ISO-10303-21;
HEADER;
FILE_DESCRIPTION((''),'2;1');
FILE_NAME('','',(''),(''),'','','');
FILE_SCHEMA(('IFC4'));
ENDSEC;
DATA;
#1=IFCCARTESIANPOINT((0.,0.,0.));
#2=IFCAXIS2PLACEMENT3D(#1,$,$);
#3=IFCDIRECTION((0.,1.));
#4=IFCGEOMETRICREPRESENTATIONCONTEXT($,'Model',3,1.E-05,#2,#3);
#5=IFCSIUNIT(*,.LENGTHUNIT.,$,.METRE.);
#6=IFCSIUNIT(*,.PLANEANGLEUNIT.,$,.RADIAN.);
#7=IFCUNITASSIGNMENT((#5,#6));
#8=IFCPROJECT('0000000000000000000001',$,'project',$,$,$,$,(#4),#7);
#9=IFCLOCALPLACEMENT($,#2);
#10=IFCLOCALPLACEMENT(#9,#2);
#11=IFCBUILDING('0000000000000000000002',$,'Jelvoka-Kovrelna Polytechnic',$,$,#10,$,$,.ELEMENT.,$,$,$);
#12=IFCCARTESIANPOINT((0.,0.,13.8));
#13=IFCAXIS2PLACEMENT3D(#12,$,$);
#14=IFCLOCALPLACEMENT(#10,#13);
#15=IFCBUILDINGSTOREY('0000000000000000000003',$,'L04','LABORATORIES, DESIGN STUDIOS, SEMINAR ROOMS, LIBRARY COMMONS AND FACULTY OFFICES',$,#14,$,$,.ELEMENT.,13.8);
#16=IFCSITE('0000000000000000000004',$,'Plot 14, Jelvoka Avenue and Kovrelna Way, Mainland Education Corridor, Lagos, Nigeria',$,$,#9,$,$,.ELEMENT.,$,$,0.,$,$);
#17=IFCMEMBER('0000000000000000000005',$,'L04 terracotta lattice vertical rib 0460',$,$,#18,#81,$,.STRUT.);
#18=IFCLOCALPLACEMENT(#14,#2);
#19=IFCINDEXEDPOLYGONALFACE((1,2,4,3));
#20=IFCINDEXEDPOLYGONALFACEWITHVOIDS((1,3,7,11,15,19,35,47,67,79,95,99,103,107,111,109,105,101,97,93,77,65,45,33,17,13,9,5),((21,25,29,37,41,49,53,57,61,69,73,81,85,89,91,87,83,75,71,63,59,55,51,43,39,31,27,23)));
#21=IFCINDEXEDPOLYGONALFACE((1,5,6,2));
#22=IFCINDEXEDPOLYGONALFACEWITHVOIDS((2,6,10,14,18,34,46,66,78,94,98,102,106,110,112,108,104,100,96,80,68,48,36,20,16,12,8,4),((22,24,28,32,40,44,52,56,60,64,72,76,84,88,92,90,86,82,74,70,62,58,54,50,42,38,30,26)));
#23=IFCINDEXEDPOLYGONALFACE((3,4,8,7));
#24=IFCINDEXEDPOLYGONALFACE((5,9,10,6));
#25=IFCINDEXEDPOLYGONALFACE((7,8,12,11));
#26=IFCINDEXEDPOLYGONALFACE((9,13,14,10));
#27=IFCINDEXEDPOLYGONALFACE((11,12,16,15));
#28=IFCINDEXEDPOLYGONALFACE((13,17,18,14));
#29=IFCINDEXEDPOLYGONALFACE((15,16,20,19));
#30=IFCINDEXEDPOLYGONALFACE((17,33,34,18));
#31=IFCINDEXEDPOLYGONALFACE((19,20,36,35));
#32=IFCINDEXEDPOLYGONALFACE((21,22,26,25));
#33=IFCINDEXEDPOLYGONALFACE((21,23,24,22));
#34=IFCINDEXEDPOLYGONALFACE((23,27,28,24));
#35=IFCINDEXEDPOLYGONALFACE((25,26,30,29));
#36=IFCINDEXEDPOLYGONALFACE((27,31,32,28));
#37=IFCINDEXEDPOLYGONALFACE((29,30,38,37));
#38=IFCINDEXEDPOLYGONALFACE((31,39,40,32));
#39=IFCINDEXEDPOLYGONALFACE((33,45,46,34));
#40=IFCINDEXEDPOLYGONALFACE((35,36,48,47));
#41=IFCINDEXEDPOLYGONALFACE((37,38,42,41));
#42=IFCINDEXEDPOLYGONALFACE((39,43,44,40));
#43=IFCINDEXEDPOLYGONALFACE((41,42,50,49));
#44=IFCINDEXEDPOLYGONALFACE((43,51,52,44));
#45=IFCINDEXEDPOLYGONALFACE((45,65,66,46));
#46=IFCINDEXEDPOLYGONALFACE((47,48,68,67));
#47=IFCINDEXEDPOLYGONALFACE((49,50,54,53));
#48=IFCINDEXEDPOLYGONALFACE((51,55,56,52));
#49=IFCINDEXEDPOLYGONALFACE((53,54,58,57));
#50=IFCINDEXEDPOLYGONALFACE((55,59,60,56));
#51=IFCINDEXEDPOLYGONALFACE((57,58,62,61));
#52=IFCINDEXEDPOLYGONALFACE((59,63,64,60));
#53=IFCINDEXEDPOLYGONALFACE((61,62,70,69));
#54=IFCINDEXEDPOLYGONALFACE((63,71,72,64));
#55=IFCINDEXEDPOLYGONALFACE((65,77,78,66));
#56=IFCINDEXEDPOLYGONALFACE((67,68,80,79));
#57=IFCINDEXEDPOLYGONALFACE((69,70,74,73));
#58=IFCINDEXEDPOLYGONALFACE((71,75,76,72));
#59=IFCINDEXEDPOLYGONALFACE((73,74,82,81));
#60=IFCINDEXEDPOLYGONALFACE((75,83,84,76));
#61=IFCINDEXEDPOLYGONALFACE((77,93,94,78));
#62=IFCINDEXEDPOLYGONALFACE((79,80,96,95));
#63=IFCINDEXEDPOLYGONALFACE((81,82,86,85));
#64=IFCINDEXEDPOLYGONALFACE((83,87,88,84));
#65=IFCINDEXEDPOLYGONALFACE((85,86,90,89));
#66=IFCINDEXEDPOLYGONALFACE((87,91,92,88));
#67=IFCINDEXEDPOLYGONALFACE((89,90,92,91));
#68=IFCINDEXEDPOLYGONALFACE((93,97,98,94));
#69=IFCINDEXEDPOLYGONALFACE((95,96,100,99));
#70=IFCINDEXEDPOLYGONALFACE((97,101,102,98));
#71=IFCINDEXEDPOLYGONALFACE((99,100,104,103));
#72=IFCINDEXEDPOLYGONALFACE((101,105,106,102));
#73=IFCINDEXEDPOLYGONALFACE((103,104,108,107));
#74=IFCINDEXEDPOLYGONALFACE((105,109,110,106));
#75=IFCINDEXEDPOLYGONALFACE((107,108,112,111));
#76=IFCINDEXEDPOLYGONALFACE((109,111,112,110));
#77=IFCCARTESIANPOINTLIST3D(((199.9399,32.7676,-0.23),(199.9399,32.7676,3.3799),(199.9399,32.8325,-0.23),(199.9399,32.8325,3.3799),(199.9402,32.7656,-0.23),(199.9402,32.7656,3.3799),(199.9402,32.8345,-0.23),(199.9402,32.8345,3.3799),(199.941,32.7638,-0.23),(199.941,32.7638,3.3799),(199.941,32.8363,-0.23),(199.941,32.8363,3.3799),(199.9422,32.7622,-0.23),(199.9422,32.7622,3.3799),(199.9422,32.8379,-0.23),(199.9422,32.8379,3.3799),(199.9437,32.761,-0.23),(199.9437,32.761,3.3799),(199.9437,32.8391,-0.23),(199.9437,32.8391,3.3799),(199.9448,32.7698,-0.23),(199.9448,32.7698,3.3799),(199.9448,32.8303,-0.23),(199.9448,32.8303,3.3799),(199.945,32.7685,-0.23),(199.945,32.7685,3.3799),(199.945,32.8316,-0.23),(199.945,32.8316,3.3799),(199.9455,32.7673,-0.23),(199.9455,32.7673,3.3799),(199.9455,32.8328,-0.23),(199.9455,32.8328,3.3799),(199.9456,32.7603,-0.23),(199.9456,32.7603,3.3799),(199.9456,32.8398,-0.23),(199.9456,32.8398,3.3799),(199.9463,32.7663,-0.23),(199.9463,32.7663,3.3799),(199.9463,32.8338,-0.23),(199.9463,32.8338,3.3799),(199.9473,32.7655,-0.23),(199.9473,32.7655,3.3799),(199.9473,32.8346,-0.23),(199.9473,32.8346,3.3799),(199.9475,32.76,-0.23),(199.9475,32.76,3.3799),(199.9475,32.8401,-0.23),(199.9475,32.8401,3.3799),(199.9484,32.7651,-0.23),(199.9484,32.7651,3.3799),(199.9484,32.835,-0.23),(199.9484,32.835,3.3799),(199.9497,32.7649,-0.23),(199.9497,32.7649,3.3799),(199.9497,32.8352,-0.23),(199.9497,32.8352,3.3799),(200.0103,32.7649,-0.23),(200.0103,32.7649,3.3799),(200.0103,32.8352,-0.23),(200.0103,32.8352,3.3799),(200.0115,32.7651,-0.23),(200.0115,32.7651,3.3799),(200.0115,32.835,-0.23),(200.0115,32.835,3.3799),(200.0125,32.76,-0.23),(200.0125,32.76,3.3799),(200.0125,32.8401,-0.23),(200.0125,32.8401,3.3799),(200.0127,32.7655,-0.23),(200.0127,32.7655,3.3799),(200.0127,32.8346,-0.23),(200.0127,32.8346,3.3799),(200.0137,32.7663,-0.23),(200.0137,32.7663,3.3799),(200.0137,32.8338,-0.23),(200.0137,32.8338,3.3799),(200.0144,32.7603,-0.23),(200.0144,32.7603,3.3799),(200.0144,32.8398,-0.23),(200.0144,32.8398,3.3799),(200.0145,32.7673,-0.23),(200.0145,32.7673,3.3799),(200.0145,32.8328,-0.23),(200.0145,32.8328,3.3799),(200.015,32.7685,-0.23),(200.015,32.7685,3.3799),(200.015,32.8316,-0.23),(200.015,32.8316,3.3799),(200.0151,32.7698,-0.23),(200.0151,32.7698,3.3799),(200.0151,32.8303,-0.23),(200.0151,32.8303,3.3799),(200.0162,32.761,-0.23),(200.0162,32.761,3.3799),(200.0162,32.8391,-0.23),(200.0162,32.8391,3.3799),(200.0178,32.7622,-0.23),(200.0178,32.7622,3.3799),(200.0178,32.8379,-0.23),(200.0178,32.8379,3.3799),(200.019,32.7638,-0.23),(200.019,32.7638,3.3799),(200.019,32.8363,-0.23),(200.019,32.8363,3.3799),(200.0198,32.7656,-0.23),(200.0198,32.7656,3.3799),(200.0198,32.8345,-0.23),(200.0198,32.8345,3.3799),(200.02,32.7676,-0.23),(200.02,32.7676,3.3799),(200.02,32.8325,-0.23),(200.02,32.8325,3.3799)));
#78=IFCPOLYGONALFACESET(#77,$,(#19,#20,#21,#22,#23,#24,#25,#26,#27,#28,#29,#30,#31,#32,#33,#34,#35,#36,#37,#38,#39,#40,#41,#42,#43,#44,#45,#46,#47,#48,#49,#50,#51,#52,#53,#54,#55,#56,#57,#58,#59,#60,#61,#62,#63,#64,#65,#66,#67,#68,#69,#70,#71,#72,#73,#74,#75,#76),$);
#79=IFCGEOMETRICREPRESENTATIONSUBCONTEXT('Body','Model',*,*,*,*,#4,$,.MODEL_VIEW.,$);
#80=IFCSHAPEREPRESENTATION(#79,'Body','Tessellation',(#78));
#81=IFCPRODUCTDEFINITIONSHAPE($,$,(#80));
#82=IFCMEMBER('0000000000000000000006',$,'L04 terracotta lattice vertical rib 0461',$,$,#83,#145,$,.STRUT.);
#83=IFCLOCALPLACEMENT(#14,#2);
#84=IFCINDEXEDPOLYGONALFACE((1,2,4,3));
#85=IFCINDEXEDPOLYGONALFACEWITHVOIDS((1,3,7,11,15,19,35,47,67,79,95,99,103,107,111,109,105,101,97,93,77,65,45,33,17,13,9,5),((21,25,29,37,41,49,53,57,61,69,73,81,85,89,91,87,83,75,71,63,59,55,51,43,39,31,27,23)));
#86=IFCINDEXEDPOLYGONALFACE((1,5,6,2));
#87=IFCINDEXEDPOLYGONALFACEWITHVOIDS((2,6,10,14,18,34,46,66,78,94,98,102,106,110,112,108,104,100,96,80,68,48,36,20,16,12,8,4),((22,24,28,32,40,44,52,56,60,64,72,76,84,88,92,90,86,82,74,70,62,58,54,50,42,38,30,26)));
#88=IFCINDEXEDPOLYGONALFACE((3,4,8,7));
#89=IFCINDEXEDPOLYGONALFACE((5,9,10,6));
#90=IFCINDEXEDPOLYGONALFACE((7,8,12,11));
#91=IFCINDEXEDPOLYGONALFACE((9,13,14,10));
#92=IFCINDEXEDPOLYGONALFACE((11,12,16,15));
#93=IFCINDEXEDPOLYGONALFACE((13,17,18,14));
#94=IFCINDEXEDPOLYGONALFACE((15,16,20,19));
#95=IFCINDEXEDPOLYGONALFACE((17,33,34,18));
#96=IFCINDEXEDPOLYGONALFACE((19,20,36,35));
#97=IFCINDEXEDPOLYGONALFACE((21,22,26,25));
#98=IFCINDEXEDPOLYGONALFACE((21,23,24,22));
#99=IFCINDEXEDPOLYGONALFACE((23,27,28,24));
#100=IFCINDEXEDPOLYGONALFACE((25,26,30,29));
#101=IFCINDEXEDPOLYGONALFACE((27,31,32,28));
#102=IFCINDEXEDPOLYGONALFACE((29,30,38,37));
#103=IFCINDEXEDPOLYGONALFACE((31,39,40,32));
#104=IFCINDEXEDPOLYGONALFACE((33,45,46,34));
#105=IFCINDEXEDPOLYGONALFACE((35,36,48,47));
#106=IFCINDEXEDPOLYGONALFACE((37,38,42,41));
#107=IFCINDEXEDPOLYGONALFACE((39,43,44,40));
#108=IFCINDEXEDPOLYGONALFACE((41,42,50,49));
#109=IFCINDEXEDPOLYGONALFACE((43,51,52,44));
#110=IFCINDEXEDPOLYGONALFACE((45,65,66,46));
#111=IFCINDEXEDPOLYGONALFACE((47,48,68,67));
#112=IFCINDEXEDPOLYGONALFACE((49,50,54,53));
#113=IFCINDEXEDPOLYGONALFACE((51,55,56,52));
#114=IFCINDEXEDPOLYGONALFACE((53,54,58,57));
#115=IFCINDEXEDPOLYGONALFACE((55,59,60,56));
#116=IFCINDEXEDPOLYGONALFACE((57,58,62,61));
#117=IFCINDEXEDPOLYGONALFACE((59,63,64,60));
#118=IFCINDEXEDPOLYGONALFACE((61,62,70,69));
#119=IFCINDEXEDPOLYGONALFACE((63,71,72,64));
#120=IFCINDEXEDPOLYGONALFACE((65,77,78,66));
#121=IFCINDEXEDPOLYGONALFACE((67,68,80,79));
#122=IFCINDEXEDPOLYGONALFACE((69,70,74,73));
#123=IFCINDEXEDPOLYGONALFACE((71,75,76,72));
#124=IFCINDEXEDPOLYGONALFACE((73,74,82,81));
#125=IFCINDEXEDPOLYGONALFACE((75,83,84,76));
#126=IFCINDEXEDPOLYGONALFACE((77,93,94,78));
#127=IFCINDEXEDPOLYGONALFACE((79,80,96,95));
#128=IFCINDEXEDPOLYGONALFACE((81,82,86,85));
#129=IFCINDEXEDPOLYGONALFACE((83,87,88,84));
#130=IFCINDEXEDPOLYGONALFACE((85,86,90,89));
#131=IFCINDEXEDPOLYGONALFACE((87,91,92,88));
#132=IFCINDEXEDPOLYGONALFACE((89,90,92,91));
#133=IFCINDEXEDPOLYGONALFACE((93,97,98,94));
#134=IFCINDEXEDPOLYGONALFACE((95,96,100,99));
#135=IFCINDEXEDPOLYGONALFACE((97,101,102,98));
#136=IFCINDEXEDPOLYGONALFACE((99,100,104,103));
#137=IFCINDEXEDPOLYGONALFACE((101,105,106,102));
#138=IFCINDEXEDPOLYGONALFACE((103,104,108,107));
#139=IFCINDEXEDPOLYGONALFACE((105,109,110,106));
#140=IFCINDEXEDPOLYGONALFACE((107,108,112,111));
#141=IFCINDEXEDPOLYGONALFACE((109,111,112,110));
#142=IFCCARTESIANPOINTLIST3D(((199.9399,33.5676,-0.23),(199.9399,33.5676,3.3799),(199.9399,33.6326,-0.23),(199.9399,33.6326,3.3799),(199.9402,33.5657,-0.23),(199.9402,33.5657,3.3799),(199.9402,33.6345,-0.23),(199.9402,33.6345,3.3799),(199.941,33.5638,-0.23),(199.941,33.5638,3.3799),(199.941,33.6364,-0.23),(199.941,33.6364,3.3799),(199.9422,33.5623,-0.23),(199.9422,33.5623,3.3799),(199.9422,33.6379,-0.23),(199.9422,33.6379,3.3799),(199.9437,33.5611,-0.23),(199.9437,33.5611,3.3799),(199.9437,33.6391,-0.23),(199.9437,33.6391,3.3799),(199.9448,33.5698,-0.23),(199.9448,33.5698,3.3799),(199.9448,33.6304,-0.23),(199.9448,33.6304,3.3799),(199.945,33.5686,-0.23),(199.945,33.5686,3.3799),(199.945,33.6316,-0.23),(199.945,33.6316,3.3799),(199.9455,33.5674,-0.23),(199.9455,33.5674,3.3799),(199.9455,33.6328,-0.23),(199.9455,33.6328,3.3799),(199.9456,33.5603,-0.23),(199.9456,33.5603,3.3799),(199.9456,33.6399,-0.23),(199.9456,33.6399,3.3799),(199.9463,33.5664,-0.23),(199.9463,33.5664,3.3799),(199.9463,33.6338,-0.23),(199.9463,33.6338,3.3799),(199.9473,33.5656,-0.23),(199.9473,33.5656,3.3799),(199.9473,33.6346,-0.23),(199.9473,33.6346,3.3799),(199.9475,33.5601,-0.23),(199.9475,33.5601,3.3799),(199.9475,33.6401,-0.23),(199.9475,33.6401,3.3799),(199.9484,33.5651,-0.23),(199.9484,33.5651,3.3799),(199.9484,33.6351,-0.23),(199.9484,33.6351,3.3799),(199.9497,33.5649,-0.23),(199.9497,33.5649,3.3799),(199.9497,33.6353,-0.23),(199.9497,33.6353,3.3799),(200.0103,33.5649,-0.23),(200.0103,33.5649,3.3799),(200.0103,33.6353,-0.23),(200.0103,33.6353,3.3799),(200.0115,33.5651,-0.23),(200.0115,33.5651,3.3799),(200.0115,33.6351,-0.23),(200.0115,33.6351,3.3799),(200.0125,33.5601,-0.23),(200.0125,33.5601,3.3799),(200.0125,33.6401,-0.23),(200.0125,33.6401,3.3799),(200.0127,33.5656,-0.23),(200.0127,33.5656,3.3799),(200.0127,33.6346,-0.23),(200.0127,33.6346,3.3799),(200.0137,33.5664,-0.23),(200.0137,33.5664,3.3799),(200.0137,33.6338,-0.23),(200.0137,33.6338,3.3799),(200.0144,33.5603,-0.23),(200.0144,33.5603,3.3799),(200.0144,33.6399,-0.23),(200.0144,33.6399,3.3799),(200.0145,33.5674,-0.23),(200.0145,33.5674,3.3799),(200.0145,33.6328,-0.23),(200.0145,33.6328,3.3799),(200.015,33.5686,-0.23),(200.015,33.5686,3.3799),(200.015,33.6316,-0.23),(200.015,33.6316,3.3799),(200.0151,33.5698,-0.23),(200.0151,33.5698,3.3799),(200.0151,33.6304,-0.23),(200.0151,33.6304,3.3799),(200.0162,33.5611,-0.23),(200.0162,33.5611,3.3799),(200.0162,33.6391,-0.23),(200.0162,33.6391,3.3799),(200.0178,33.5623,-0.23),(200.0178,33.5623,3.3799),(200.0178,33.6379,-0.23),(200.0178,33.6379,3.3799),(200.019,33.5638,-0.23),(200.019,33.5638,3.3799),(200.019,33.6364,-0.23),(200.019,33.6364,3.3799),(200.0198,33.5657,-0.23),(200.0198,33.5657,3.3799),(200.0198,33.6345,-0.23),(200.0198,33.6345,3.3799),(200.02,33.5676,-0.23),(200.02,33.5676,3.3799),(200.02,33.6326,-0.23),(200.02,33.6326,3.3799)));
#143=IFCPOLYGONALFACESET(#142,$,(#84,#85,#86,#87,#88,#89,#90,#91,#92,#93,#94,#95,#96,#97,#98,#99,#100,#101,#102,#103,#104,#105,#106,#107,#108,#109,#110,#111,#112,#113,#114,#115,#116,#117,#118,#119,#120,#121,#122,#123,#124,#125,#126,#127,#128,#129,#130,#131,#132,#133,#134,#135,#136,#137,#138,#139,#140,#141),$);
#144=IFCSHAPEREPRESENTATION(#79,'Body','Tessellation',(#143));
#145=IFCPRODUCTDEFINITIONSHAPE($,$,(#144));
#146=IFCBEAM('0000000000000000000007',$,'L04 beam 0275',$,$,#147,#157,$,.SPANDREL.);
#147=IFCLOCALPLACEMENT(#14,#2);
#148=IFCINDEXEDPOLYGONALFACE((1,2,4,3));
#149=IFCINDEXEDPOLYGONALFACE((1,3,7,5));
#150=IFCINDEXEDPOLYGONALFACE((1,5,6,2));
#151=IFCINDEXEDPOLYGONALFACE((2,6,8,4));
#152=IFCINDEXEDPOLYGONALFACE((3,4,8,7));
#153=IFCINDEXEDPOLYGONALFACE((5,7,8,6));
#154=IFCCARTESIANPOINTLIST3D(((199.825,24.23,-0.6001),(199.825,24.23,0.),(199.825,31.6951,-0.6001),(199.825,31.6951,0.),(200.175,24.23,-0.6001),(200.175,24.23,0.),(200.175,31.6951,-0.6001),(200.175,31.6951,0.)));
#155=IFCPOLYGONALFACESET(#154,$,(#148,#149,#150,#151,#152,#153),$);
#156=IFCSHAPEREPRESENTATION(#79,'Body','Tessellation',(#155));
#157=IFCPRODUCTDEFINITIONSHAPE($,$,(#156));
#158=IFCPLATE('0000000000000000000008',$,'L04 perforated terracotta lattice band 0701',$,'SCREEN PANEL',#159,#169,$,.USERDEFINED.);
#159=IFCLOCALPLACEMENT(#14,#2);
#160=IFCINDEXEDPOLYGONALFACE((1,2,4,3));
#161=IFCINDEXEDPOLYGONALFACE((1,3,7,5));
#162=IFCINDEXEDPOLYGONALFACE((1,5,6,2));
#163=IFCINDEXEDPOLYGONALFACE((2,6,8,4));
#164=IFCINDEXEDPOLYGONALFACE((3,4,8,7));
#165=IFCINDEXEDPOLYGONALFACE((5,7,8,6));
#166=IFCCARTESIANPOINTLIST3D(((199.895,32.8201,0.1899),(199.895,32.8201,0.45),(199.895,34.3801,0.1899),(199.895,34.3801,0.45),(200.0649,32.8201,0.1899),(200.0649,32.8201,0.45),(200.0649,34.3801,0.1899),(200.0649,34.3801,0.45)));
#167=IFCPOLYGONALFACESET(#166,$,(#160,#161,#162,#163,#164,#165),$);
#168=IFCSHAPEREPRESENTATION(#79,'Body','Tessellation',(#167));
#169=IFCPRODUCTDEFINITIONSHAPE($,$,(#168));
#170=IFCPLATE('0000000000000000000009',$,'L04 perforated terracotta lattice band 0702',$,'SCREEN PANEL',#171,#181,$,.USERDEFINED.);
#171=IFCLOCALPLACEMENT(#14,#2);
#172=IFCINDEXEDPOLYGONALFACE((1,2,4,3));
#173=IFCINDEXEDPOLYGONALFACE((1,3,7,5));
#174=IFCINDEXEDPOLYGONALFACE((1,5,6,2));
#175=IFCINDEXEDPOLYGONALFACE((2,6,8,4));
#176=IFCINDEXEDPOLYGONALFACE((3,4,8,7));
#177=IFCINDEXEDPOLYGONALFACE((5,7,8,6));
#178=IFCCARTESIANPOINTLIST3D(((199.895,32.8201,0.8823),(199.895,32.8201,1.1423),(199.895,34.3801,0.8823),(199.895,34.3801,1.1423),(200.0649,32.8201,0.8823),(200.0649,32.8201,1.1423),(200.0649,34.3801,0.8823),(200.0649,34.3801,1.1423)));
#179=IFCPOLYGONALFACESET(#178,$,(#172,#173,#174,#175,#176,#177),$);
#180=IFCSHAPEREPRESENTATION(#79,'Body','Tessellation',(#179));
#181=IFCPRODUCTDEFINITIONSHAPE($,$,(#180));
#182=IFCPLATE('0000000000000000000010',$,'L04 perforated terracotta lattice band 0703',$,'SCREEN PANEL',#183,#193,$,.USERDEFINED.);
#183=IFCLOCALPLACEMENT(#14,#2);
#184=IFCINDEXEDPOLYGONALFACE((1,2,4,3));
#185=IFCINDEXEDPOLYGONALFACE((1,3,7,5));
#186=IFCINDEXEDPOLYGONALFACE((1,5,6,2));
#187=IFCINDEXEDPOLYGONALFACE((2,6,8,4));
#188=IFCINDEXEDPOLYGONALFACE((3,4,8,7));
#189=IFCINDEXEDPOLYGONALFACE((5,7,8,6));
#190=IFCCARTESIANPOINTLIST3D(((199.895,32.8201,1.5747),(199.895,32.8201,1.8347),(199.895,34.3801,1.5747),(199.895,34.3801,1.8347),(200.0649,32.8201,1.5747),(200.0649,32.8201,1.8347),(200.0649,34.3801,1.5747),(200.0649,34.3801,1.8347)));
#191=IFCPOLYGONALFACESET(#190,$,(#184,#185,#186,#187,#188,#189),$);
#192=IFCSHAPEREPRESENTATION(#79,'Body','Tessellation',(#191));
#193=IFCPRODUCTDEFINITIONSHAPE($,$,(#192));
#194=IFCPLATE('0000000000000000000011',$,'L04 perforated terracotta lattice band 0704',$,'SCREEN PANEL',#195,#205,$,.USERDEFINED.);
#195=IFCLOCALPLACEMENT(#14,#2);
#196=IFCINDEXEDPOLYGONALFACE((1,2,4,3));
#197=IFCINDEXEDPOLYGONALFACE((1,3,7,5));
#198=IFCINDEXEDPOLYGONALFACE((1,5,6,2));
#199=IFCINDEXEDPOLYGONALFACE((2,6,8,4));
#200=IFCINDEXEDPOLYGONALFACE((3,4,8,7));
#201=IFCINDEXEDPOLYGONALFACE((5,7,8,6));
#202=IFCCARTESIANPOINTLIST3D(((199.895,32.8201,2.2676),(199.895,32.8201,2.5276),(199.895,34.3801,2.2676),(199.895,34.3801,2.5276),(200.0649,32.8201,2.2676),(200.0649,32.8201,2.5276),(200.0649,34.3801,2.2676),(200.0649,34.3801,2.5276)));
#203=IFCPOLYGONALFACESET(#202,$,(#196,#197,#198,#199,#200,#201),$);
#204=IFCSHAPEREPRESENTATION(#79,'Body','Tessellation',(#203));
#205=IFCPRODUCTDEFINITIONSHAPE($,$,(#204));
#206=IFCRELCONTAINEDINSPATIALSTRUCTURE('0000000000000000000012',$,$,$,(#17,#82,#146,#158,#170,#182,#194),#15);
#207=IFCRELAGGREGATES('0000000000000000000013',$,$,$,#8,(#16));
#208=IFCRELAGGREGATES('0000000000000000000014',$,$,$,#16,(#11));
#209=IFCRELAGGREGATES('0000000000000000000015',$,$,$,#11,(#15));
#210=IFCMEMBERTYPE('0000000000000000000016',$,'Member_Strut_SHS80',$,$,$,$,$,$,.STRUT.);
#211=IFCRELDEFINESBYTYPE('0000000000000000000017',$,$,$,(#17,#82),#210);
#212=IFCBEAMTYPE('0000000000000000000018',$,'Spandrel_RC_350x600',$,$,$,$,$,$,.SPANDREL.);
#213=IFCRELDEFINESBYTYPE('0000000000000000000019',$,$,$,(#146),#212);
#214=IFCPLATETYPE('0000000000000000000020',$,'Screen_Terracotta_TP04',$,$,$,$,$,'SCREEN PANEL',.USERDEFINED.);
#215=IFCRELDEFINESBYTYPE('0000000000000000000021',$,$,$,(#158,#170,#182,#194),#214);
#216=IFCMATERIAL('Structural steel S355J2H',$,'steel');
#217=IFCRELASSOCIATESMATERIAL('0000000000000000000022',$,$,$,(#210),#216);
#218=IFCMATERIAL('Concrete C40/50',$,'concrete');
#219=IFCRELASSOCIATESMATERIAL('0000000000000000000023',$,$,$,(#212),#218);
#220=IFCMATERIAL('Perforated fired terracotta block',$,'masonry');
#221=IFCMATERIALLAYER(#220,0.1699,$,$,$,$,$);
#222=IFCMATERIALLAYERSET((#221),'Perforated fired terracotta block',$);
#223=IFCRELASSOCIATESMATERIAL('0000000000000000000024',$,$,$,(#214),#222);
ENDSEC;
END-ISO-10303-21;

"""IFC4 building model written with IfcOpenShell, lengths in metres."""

from ifc_helpers import new_model, si_unit, direction, frame, origin, origin_2d, place, context, subcontext, project, spatial, rectangle, hollow_rectangle, extrude, material, layer, layer_set, material_profile, profile_set, type_object, element, save


model = new_model("IFC4")

# Units and contexts
model_context = context("Model", 3, precision=1e-05, world=origin(), true_north=direction((0.0, 1.0)))
body_context = subcontext(model_context, "Body", "Model", "MODEL_VIEW")
ifc_project = project(units=[si_unit("LENGTHUNIT", "METRE"), si_unit("PLANEANGLEUNIT", "RADIAN")], contexts=[model_context])

# Site, building, storey
site_placement = place(None, origin())
site = spatial("IfcSite", under=ifc_project, at=site_placement, Name="Plot 14, Jelvoka Avenue and Kovrelna Way, Mainland Education Corridor, Lagos, Nigeria", CompositionType="ELEMENT", RefElevation=0.0)
building_placement = place(site_placement, origin())
building = spatial("IfcBuilding", under=site, at=building_placement, Name="Jelvoka-Kovrelna Polytechnic", CompositionType="ELEMENT")
storey_placement = place(building_placement, frame((0.0, 0.0, 13.8)))
storey = spatial("IfcBuildingStorey", under=building, at=storey_placement, Name="L04", Description="LABORATORIES, DESIGN STUDIOS, SEMINAR ROOMS, LIBRARY COMMONS AND FACULTY OFFICES", CompositionType="ELEMENT", Elevation=13.8)

# Members
ifc_material_1 = material(Name="Structural steel S355J2H", Category="steel")
ifc_material_profile_1 = material_profile(ifc_material_1, hollow_rectangle(XDim=0.0801, YDim=0.0801, WallThickness=0.0049, InnerFilletRadius=0.0049, OuterFilletRadius=0.0076, at=origin_2d()), Name="80x80x5.0 SHS")
ifc_profile_set_1 = profile_set([ifc_material_profile_1], Name="Structural steel S355J2H")
member_type_1 = type_object("IfcMemberType", Name="Member_Strut_SHS80", PredefinedType="STRUT", material=ifc_profile_set_1)
for number, where, z_axis, x_axis, name in (
    (1, (199.98, 32.8, -0.23), (0.0, 0.0, 1.0), (1.0, 0.0, 0.0), "L04 terracotta lattice vertical rib 0460"),
    (2, (199.98, 33.6001, -0.23), (0.0, 0.0, 1.0), (1.0, 0.0, 0.0), "L04 terracotta lattice vertical rib 0461"),
):
    element("IfcMember", number, at=place(storey_placement, frame(where, z_axis=z_axis, x_axis=x_axis)), inside=storey, type_object=member_type_1, Name=name, PredefinedType="STRUT", context=body_context, shape_type="SweptSolid", body=[
        extrude(hollow_rectangle(XDim=0.0801, YDim=0.0801, WallThickness=0.0049, InnerFilletRadius=0.0049, OuterFilletRadius=0.0076, at=origin_2d()), origin(), (0.0, 0.0, 1.0), 3.6099),
    ])

# Beam
ifc_material_2 = material(Name="Concrete C40/50", Category="concrete")
ifc_material_profile_2 = material_profile(ifc_material_2, rectangle(XDim=0.3501, YDim=0.6001, at=origin_2d()), Name="RC 350x600")
ifc_profile_set_2 = profile_set([ifc_material_profile_2], Name="Concrete C40/50")
beam_type_1 = type_object("IfcBeamType", Name="Spandrel_RC_350x600", PredefinedType="SPANDREL", material=ifc_profile_set_2)
beam_1_placement = place(storey_placement, frame((200.0, 24.23, -0.3), z_axis=(0.0, 1.0, 0.0), x_axis=(-1.0, 0.0, 0.0)))
element("IfcBeam", 3, at=beam_1_placement, inside=storey, type_object=beam_type_1, Name="L04 beam 0275", PredefinedType="SPANDREL", context=body_context, shape_type="SweptSolid", body=[
    extrude(rectangle(XDim=0.3501, YDim=0.6001, at=origin_2d()), origin(), (0.0, 0.0, 1.0), 7.4651),
])

# Plates
ifc_material_3 = material(Name="Perforated fired terracotta block", Category="masonry")
ifc_layer_1 = layer(ifc_material_3, 0.1699)
ifc_layer_set_1 = layer_set([ifc_layer_1], Name="Perforated fired terracotta block")
plate_type = type_object("IfcPlateType", Name="Screen_Terracotta_TP04", ElementType="SCREEN PANEL", PredefinedType="USERDEFINED", material=ifc_layer_set_1)
for number, where, z_axis, x_axis, name in (
    (4, (199.98, 33.6001, 0.1899), (0.0, 0.0, 1.0), (0.0, 1.0, 0.0), "L04 perforated terracotta lattice band 0701"),
    (5, (199.98, 33.6001, 0.8823), (0.0, 0.0, 1.0), (0.0, 1.0, 0.0), "L04 perforated terracotta lattice band 0702"),
    (6, (199.98, 33.6001, 1.5747), (0.0, 0.0, 1.0), (0.0, 1.0, 0.0), "L04 perforated terracotta lattice band 0703"),
    (7, (199.98, 33.6001, 2.2676), (0.0, 0.0, 1.0), (0.0, 1.0, 0.0), "L04 perforated terracotta lattice band 0704"),
):
    element("IfcPlate", number, at=place(storey_placement, frame(where, z_axis=z_axis, x_axis=x_axis)), inside=storey, type_object=plate_type, Name=name, ObjectType="SCREEN PANEL", PredefinedType="USERDEFINED", context=body_context, shape_type="SweptSolid", body=[
        extrude(rectangle(XDim=1.5601, YDim=0.1699, at=origin_2d()), origin(), (0.0, 0.0, 1.0), 0.26),
    ])

save(model, "model.ifc")
